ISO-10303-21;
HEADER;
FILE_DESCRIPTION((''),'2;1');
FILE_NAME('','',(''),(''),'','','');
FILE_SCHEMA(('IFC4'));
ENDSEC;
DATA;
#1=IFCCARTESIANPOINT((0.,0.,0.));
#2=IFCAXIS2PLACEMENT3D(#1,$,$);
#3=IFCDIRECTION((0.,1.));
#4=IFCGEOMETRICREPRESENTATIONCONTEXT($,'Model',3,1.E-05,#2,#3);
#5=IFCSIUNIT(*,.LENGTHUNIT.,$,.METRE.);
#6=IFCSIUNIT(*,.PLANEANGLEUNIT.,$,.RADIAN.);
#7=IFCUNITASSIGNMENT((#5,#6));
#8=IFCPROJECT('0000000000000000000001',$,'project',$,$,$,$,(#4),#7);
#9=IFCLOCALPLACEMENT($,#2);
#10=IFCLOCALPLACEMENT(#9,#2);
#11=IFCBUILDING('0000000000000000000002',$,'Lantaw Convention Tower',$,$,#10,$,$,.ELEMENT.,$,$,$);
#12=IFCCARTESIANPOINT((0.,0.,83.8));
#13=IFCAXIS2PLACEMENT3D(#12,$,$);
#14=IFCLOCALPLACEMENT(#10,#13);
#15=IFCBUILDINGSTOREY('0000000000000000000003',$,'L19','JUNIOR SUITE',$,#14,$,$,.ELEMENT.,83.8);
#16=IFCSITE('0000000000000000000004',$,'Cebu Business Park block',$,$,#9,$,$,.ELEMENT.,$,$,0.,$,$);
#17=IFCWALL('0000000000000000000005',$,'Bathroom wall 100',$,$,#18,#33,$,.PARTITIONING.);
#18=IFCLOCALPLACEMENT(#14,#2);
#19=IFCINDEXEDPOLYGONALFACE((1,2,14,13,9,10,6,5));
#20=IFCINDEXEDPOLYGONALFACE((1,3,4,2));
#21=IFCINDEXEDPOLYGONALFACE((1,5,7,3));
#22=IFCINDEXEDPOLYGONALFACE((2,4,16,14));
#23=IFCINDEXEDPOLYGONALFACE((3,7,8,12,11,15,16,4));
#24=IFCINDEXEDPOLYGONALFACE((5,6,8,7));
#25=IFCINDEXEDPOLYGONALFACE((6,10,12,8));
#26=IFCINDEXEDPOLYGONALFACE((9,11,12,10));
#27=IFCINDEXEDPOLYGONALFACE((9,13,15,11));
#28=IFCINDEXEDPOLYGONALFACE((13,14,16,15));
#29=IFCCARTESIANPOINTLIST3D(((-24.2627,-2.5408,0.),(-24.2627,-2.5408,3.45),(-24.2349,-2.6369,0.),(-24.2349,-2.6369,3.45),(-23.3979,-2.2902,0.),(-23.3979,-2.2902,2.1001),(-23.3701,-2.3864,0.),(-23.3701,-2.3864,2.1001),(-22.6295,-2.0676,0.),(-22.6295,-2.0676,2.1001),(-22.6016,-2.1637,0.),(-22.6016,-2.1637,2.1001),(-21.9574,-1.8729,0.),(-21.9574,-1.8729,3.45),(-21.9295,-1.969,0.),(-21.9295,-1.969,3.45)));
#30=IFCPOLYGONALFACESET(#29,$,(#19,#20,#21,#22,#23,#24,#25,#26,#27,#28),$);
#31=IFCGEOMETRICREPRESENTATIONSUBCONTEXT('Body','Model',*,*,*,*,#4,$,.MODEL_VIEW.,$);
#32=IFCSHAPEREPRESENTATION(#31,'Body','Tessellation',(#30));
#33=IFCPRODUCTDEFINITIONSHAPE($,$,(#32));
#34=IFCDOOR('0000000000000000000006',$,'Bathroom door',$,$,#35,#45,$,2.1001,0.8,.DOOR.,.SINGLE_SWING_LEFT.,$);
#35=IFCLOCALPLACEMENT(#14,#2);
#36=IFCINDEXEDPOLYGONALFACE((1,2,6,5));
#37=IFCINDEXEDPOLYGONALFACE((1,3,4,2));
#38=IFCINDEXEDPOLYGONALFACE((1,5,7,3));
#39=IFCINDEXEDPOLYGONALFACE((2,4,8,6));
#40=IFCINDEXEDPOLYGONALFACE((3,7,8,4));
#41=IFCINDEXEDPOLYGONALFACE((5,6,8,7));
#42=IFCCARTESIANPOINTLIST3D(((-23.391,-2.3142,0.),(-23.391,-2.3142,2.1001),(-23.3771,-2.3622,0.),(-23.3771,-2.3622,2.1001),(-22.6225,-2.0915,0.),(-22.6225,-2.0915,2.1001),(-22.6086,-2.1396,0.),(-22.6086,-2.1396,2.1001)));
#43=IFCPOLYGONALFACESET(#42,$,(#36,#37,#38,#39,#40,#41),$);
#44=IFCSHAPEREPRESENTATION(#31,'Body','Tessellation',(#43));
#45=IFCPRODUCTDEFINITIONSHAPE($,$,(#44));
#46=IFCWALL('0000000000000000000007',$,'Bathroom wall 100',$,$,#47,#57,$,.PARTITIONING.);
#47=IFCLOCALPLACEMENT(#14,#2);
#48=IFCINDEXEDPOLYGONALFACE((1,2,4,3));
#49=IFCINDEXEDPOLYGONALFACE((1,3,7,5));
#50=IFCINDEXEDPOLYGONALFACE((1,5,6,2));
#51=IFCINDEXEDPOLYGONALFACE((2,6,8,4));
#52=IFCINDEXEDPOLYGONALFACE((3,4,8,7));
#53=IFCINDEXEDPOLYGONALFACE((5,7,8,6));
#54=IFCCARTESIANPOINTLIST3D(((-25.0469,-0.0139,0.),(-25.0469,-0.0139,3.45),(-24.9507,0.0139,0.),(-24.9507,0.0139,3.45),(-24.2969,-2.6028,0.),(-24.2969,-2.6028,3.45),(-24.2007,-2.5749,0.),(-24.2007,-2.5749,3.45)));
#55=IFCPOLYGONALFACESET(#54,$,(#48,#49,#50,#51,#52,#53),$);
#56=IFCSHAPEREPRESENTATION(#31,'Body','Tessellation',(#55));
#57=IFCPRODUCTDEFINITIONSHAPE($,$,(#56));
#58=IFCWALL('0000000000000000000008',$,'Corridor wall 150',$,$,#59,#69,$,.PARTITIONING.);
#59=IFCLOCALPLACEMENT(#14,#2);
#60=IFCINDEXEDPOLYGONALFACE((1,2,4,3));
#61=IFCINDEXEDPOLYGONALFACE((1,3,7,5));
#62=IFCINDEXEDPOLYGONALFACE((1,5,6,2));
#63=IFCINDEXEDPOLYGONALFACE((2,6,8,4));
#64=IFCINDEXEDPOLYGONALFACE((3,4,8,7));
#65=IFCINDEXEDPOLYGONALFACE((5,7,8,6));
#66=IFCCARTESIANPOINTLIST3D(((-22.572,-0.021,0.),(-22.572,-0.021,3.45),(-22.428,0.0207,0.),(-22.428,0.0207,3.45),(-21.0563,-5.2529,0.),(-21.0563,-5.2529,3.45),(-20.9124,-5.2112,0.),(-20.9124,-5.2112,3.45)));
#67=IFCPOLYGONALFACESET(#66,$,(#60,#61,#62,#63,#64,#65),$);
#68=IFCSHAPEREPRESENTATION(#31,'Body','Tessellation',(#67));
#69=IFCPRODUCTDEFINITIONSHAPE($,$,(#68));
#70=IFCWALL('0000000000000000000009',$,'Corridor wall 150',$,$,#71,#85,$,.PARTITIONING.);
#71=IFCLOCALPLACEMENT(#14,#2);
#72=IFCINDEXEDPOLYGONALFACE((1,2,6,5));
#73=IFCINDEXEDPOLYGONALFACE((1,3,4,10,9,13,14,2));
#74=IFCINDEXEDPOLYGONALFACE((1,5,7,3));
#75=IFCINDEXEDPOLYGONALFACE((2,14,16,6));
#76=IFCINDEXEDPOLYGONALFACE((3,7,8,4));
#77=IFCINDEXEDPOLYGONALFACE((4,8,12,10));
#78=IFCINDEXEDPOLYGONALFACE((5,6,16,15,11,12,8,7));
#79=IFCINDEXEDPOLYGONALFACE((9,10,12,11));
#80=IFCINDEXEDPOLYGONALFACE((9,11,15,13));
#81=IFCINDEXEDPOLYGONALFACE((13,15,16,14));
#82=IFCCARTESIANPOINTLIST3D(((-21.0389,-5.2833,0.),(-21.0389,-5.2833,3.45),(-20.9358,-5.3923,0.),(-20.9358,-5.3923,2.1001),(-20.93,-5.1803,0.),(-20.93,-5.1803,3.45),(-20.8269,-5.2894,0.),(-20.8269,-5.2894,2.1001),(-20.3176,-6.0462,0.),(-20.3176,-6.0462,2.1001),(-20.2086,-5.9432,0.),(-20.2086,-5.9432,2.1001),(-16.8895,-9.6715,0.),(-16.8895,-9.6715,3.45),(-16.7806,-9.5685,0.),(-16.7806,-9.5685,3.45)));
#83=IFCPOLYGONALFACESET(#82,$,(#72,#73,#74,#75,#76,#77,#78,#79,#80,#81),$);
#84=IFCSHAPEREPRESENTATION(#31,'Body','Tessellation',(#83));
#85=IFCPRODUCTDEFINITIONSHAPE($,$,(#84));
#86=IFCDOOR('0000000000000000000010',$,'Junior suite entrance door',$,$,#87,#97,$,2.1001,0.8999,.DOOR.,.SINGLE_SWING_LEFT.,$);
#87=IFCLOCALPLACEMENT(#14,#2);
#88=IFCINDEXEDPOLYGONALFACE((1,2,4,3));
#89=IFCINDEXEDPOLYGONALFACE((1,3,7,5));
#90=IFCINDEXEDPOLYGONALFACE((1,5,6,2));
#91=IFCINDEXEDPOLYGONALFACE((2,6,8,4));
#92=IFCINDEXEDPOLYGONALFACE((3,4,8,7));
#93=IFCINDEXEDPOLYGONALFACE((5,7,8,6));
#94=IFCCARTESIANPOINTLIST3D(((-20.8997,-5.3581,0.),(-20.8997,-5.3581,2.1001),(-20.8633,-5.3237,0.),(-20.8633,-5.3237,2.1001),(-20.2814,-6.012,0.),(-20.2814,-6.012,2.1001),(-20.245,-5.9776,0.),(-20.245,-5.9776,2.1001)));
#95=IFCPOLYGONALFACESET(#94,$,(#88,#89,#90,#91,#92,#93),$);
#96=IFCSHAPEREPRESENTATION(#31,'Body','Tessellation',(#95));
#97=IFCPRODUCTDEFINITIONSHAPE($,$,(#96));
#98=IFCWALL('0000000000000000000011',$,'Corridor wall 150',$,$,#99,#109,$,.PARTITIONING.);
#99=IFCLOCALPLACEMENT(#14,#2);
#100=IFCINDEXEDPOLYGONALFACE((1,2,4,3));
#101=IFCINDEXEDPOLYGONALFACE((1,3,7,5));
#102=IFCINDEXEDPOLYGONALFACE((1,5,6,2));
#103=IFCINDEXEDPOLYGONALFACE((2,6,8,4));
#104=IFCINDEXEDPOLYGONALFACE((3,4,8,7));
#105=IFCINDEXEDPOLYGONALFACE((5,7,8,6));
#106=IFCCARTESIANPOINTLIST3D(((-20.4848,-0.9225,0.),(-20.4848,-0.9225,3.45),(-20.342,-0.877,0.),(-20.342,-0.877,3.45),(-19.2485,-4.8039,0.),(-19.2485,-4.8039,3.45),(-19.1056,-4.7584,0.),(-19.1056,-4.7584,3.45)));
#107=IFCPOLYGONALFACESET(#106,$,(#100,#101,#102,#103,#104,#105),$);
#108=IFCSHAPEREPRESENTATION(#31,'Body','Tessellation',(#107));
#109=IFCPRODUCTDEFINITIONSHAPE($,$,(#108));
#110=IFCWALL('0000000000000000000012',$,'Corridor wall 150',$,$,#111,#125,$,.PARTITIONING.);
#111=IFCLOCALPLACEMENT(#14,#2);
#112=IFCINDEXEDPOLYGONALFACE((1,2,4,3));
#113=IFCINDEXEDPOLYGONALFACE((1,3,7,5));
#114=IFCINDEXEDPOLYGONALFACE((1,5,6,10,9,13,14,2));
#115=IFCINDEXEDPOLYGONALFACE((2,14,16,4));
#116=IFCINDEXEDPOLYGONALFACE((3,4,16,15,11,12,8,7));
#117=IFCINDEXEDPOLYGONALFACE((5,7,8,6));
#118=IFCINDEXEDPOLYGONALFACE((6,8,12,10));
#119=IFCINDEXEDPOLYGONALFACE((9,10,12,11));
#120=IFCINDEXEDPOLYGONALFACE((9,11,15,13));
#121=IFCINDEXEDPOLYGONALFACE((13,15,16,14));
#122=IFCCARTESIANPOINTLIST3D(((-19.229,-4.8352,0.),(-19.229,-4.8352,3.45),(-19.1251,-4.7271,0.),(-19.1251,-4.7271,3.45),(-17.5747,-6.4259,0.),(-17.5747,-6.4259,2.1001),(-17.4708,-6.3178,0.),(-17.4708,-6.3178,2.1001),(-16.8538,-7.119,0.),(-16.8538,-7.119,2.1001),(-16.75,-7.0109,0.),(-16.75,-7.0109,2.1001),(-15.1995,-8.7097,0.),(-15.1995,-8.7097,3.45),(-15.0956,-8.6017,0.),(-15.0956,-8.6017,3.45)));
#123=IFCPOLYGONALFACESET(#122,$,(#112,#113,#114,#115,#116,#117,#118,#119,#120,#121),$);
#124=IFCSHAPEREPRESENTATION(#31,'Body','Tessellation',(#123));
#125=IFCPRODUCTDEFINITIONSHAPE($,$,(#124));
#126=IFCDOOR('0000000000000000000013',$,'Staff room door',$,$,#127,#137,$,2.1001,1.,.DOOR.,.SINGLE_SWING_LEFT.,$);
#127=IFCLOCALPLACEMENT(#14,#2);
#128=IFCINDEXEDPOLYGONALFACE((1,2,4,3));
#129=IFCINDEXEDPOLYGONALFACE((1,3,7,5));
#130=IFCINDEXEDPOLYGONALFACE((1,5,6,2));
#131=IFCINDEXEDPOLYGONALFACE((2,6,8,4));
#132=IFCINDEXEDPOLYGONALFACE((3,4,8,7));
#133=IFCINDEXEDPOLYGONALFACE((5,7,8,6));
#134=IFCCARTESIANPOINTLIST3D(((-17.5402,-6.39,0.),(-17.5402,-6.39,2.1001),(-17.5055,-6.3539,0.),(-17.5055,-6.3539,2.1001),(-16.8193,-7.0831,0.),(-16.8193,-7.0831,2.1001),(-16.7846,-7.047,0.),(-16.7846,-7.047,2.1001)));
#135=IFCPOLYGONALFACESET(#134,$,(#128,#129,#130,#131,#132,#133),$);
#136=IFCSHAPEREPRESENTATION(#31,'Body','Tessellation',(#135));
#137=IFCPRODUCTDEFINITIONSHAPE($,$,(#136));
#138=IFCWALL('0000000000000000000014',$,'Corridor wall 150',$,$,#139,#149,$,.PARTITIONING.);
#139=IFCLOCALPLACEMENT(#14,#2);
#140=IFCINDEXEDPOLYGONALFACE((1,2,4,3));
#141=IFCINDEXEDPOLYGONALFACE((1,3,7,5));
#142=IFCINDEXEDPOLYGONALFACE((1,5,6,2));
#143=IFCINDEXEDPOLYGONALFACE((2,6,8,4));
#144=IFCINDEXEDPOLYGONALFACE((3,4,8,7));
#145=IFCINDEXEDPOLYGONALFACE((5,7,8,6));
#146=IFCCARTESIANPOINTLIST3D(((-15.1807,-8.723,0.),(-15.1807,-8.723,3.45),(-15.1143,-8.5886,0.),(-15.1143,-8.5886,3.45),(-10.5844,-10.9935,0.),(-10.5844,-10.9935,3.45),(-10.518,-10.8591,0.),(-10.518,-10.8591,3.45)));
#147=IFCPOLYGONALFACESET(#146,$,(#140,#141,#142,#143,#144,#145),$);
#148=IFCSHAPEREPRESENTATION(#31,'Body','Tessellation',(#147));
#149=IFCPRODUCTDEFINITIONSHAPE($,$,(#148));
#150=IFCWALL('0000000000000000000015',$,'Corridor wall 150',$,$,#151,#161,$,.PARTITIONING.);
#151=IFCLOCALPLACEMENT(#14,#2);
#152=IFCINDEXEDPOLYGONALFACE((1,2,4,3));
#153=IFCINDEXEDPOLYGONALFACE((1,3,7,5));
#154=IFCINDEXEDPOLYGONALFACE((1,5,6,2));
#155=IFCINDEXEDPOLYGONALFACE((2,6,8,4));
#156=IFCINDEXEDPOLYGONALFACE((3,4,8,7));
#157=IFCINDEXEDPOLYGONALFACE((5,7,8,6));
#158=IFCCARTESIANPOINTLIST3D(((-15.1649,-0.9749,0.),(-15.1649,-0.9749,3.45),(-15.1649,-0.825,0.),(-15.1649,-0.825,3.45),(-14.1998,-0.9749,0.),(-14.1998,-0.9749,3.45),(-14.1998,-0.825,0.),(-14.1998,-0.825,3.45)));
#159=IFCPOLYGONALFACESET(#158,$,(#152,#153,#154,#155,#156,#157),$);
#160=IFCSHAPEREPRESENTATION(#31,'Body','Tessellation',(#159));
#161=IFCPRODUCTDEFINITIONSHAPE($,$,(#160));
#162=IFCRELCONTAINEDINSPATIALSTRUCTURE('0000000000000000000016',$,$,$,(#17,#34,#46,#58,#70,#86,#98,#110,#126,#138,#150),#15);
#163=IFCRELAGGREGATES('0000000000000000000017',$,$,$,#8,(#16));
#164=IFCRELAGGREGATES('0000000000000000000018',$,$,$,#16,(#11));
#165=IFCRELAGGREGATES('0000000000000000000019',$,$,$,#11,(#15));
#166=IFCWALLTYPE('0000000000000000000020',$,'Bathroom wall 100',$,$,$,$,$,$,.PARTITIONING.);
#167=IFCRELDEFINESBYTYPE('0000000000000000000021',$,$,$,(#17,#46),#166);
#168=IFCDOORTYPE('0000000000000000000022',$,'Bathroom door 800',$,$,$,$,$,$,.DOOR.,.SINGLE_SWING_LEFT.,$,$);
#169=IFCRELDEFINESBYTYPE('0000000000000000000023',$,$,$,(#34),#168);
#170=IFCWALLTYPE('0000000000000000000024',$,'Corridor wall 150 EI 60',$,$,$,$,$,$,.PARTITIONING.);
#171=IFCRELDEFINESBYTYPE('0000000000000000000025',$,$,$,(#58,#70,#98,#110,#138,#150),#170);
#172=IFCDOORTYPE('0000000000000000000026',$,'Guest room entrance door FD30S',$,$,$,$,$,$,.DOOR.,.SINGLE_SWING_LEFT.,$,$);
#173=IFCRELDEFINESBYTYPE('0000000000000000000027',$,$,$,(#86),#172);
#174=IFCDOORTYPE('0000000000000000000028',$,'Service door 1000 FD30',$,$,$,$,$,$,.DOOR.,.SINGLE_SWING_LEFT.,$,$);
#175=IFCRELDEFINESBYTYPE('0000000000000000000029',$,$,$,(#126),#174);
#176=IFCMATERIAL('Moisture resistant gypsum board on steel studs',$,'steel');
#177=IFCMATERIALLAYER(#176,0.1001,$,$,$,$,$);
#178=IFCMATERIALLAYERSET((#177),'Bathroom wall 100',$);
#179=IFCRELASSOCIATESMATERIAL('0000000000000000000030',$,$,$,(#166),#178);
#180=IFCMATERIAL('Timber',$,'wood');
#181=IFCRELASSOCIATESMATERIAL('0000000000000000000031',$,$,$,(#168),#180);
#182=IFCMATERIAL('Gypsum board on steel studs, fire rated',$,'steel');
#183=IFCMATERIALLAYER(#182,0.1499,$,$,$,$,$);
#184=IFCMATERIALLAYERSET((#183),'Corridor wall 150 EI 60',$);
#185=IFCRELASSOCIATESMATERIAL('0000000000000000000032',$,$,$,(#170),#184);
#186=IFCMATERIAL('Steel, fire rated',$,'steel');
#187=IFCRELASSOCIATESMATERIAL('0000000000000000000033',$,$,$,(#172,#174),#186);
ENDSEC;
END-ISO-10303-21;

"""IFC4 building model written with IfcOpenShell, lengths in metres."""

from ifc_helpers import new_model, si_unit, direction, frame, frame_2d, origin, place, context, subcontext, project, spatial, rectangle, extrude, material, layer, layer_set, type_object, element, fill, save


model = new_model("IFC4")

# Units and contexts
model_context = context("Model", 3, precision=1e-05, world=origin(), true_north=direction((0.0, 1.0)))
body_context = subcontext(model_context, "Body", "Model", "MODEL_VIEW")
ifc_project = project(units=[si_unit("LENGTHUNIT", "METRE"), si_unit("PLANEANGLEUNIT", "RADIAN")], contexts=[model_context])

# Site, building, storey
site_placement = place(None, origin())
site = spatial("IfcSite", under=ifc_project, at=site_placement, Name="Cebu Business Park block", CompositionType="ELEMENT", RefElevation=0.0)
building_placement = place(site_placement, origin())
building = spatial("IfcBuilding", under=site, at=building_placement, Name="Lantaw Convention Tower", CompositionType="ELEMENT")
storey_placement = place(building_placement, frame((0.0, 0.0, 83.8)))
storey = spatial("IfcBuildingStorey", under=building, at=storey_placement, Name="L19", Description="JUNIOR SUITE", CompositionType="ELEMENT", Elevation=83.8)

# Wall, opening, door
ifc_material_1 = material(Name="Moisture resistant gypsum board on steel studs", Category="steel")
ifc_layer_1 = layer(ifc_material_1, 0.1001)
ifc_layer_set_1 = layer_set([ifc_layer_1], Name="Bathroom wall 100")
wall_type_1 = type_object("IfcWallType", Name="Bathroom wall 100", PredefinedType="PARTITIONING", material=ifc_layer_set_1)
wall_1_placement = place(storey_placement, frame((-21.9434, -1.9209, 0.0), z_axis=(0.0, 0.0, 1.0), x_axis=(-0.960496, -0.278293, 0.0)))
wall_1 = element("IfcWall", 1, at=wall_1_placement, inside=storey, type_object=wall_type_1, Name="Bathroom wall 100", PredefinedType="PARTITIONING", context=body_context, shape_type="SweptSolid", body=[
    extrude(rectangle(XDim=2.4001, YDim=0.1001, at=frame_2d((1.2002, 0.0))), origin(), (0.0, 0.0, 1.0), 3.45),
])
opening_1_placement = place(wall_1_placement, frame((0.7, 0.0, 0.0)))
opening_1 = element("IfcOpeningElement", 2, at=opening_1_placement, cuts=wall_1, PredefinedType="OPENING", context=body_context, shape_type="SweptSolid", body=[
    extrude(rectangle(XDim=0.8, YDim=2.1001, at=frame_2d((0.3999, 1.05))), frame((0.0, 0.0601, 0.0), z_axis=(0.0, -1.0, 0.0), x_axis=(1.0, 0.0, 0.0)), (0.0, 0.0, 1.0), 0.1201),
])
ifc_material_2 = material(Name="Timber", Category="wood")
door_type_1 = type_object("IfcDoorType", Name="Bathroom door 800", OperationType="SINGLE_SWING_LEFT", PredefinedType="DOOR", material=ifc_material_2)
door_1_placement = place(opening_1_placement, origin())
door_1 = element("IfcDoor", 3, at=door_1_placement, inside=storey, type_object=door_type_1, Name="Bathroom door", OperationType="SINGLE_SWING_LEFT", OverallHeight=2.1001, OverallWidth=0.8, PredefinedType="DOOR", context=body_context, shape_type="SweptSolid", body=[
    extrude(rectangle(XDim=0.8, YDim=2.1001, at=frame_2d((0.3999, 1.05))), frame((0.0, 0.0249, 0.0), z_axis=(0.0, -1.0, 0.0), x_axis=(1.0, 0.0, 0.0)), (0.0, 0.0, 1.0), 0.05),
])
fill(opening_1, door_1)

# Walls
wall_2_placement = place(storey_placement, frame((-24.2488, -2.5889, 0.0), z_axis=(0.0, 0.0, 1.0), x_axis=(-0.27826, 0.960506, 0.0)))
element("IfcWall", 4, at=wall_2_placement, inside=storey, type_object=wall_type_1, Name="Bathroom wall 100", PredefinedType="PARTITIONING", context=body_context, shape_type="SweptSolid", body=[
    extrude(rectangle(XDim=2.6953, YDim=0.1001, at=frame_2d((1.3477, 0.0))), origin(), (0.0, 0.0, 1.0), 3.45),
])
ifc_material_3 = material(Name="Gypsum board on steel studs, fire rated", Category="steel")
ifc_layer_2 = layer(ifc_material_3, 0.1499)
ifc_layer_set_2 = layer_set([ifc_layer_2], Name="Corridor wall 150 EI 60")
wall_type_2 = type_object("IfcWallType", Name="Corridor wall 150 EI 60", PredefinedType="PARTITIONING", material=ifc_layer_set_2)
wall_3_placement = place(storey_placement, frame((-22.5, 0.0, 0.0), z_axis=(0.0, 0.0, 1.0), x_axis=(0.278247, -0.960509, 0.0)))
element("IfcWall", 5, at=wall_3_placement, inside=storey, type_object=wall_type_2, Name="Corridor wall 150", PredefinedType="PARTITIONING", context=body_context, shape_type="SweptSolid", body=[
    extrude(rectangle(XDim=5.447, YDim=0.1499, at=frame_2d((2.7236, 0.0))), origin(), (0.0, 0.0, 1.0), 3.45),
])

# Wall, opening, door
wall_4_placement = place(storey_placement, frame((-20.9844, -5.2319, 0.0), z_axis=(0.0, 0.0, 1.0), x_axis=(0.687063, -0.726598, 0.0)))
wall_4 = element("IfcWall", 6, at=wall_4_placement, inside=storey, type_object=wall_type_2, Name="Corridor wall 150", PredefinedType="PARTITIONING", context=body_context, shape_type="SweptSolid", body=[
    extrude(rectangle(XDim=6.0393, YDim=0.1499, at=frame_2d((3.0195, 0.0))), origin(), (0.0, 0.0, 1.0), 3.45),
])
opening_2_placement = place(wall_4_placement, frame((0.1499, 0.0, 0.0)))
opening_2 = element("IfcOpeningElement", 7, at=opening_2_placement, cuts=wall_4, PredefinedType="OPENING", context=body_context, shape_type="SweptSolid", body=[
    extrude(rectangle(XDim=0.8999, YDim=2.1001, at=frame_2d((0.45, 1.05))), frame((0.0, 0.085, 0.0), z_axis=(0.0, -1.0, 0.0), x_axis=(1.0, 0.0, 0.0)), (0.0, 0.0, 1.0), 0.1699),
])
ifc_material_4 = material(Name="Steel, fire rated", Category="steel")
door_type_2 = type_object("IfcDoorType", Name="Guest room entrance door FD30S", OperationType="SINGLE_SWING_LEFT", PredefinedType="DOOR", material=ifc_material_4)
door_2_placement = place(opening_2_placement, origin())
door_2 = element("IfcDoor", 8, at=door_2_placement, inside=storey, type_object=door_type_2, Name="Junior suite entrance door", OperationType="SINGLE_SWING_LEFT", OverallHeight=2.1001, OverallWidth=0.8999, PredefinedType="DOOR", context=body_context, shape_type="SweptSolid", body=[
    extrude(rectangle(XDim=0.8999, YDim=2.1001, at=frame_2d((0.45, 1.05))), frame((0.0, 0.0249, 0.0), z_axis=(0.0, -1.0, 0.0), x_axis=(1.0, 0.0, 0.0)), (0.0, 0.0, 1.0), 0.05),
])
fill(opening_2, door_2)

# Wall
wall_5_placement = place(storey_placement, frame((-20.4133, -0.8999, 0.0), z_axis=(0.0, 0.0, 1.0), x_axis=(0.303505, -0.95283, 0.0)))
element("IfcWall", 9, at=wall_5_placement, inside=storey, type_object=wall_type_2, Name="Corridor wall 150", PredefinedType="PARTITIONING", context=body_context, shape_type="SweptSolid", body=[
    extrude(rectangle(XDim=4.0735, YDim=0.1499, at=frame_2d((2.0366, 0.0))), origin(), (0.0, 0.0, 1.0), 3.45),
])

# Wall, opening, door
wall_6_placement = place(storey_placement, frame((-19.177, -4.7812, 0.0), z_axis=(0.0, 0.0, 1.0), x_axis=(0.720837, -0.693104, 0.0)))
wall_6 = element("IfcWall", 10, at=wall_6_placement, inside=storey, type_object=wall_type_2, Name="Corridor wall 150", PredefinedType="PARTITIONING", context=body_context, shape_type="SweptSolid", body=[
    extrude(rectangle(XDim=5.5901, YDim=0.1499, at=frame_2d((2.7949, 0.0))), origin(), (0.0, 0.0, 1.0), 3.45),
])
opening_3_placement = place(wall_6_placement, frame((2.2949, 0.0, 0.0)))
opening_3 = element("IfcOpeningElement", 11, at=opening_3_placement, cuts=wall_6, PredefinedType="OPENING", context=body_context, shape_type="SweptSolid", body=[
    extrude(rectangle(XDim=1.0, YDim=2.1001, at=frame_2d((0.5, 1.05))), frame((0.0, 0.085, 0.0), z_axis=(0.0, -1.0, 0.0), x_axis=(1.0, 0.0, 0.0)), (0.0, 0.0, 1.0), 0.1699),
])
door_type_3 = type_object("IfcDoorType", Name="Service door 1000 FD30", OperationType="SINGLE_SWING_LEFT", PredefinedType="DOOR", material=ifc_material_4)
door_3_placement = place(opening_3_placement, origin())
door_3 = element("IfcDoor", 12, at=door_3_placement, inside=storey, type_object=door_type_3, Name="Staff room door", OperationType="SINGLE_SWING_LEFT", OverallHeight=2.1001, OverallWidth=1.0, PredefinedType="DOOR", context=body_context, shape_type="SweptSolid", body=[
    extrude(rectangle(XDim=1.0, YDim=2.1001, at=frame_2d((0.5, 1.05))), frame((0.0, 0.0249, 0.0), z_axis=(0.0, -1.0, 0.0), x_axis=(1.0, 0.0, 0.0)), (0.0, 0.0, 1.0), 0.05),
])
fill(opening_3, door_3)

# Walls
wall_7_placement = place(storey_placement, frame((-15.1475, -8.6558, 0.0), z_axis=(0.0, 0.0, 1.0), x_axis=(0.896569, -0.442903, 0.0)))
element("IfcWall", 13, at=wall_7_placement, inside=storey, type_object=wall_type_2, Name="Corridor wall 150", PredefinedType="PARTITIONING", context=body_context, shape_type="SweptSolid", body=[
    extrude(rectangle(XDim=5.1265, YDim=0.1499, at=frame_2d((2.5632, 0.0))), origin(), (0.0, 0.0, 1.0), 3.45),
])
wall_8_placement = place(storey_placement, frame((-14.2, -0.8999, 0.0), z_axis=(0.0, 0.0, 1.0), x_axis=(-1.0, 0.0, 0.0)))
element("IfcWall", 14, at=wall_8_placement, inside=storey, type_object=wall_type_2, Name="Corridor wall 150", PredefinedType="PARTITIONING", context=body_context, shape_type="SweptSolid", body=[
    extrude(rectangle(XDim=0.9651, YDim=0.1499, at=frame_2d((0.4824, 0.0))), origin(), (0.0, 0.0, 1.0), 3.45),
])

save(model, "model.ifc")
